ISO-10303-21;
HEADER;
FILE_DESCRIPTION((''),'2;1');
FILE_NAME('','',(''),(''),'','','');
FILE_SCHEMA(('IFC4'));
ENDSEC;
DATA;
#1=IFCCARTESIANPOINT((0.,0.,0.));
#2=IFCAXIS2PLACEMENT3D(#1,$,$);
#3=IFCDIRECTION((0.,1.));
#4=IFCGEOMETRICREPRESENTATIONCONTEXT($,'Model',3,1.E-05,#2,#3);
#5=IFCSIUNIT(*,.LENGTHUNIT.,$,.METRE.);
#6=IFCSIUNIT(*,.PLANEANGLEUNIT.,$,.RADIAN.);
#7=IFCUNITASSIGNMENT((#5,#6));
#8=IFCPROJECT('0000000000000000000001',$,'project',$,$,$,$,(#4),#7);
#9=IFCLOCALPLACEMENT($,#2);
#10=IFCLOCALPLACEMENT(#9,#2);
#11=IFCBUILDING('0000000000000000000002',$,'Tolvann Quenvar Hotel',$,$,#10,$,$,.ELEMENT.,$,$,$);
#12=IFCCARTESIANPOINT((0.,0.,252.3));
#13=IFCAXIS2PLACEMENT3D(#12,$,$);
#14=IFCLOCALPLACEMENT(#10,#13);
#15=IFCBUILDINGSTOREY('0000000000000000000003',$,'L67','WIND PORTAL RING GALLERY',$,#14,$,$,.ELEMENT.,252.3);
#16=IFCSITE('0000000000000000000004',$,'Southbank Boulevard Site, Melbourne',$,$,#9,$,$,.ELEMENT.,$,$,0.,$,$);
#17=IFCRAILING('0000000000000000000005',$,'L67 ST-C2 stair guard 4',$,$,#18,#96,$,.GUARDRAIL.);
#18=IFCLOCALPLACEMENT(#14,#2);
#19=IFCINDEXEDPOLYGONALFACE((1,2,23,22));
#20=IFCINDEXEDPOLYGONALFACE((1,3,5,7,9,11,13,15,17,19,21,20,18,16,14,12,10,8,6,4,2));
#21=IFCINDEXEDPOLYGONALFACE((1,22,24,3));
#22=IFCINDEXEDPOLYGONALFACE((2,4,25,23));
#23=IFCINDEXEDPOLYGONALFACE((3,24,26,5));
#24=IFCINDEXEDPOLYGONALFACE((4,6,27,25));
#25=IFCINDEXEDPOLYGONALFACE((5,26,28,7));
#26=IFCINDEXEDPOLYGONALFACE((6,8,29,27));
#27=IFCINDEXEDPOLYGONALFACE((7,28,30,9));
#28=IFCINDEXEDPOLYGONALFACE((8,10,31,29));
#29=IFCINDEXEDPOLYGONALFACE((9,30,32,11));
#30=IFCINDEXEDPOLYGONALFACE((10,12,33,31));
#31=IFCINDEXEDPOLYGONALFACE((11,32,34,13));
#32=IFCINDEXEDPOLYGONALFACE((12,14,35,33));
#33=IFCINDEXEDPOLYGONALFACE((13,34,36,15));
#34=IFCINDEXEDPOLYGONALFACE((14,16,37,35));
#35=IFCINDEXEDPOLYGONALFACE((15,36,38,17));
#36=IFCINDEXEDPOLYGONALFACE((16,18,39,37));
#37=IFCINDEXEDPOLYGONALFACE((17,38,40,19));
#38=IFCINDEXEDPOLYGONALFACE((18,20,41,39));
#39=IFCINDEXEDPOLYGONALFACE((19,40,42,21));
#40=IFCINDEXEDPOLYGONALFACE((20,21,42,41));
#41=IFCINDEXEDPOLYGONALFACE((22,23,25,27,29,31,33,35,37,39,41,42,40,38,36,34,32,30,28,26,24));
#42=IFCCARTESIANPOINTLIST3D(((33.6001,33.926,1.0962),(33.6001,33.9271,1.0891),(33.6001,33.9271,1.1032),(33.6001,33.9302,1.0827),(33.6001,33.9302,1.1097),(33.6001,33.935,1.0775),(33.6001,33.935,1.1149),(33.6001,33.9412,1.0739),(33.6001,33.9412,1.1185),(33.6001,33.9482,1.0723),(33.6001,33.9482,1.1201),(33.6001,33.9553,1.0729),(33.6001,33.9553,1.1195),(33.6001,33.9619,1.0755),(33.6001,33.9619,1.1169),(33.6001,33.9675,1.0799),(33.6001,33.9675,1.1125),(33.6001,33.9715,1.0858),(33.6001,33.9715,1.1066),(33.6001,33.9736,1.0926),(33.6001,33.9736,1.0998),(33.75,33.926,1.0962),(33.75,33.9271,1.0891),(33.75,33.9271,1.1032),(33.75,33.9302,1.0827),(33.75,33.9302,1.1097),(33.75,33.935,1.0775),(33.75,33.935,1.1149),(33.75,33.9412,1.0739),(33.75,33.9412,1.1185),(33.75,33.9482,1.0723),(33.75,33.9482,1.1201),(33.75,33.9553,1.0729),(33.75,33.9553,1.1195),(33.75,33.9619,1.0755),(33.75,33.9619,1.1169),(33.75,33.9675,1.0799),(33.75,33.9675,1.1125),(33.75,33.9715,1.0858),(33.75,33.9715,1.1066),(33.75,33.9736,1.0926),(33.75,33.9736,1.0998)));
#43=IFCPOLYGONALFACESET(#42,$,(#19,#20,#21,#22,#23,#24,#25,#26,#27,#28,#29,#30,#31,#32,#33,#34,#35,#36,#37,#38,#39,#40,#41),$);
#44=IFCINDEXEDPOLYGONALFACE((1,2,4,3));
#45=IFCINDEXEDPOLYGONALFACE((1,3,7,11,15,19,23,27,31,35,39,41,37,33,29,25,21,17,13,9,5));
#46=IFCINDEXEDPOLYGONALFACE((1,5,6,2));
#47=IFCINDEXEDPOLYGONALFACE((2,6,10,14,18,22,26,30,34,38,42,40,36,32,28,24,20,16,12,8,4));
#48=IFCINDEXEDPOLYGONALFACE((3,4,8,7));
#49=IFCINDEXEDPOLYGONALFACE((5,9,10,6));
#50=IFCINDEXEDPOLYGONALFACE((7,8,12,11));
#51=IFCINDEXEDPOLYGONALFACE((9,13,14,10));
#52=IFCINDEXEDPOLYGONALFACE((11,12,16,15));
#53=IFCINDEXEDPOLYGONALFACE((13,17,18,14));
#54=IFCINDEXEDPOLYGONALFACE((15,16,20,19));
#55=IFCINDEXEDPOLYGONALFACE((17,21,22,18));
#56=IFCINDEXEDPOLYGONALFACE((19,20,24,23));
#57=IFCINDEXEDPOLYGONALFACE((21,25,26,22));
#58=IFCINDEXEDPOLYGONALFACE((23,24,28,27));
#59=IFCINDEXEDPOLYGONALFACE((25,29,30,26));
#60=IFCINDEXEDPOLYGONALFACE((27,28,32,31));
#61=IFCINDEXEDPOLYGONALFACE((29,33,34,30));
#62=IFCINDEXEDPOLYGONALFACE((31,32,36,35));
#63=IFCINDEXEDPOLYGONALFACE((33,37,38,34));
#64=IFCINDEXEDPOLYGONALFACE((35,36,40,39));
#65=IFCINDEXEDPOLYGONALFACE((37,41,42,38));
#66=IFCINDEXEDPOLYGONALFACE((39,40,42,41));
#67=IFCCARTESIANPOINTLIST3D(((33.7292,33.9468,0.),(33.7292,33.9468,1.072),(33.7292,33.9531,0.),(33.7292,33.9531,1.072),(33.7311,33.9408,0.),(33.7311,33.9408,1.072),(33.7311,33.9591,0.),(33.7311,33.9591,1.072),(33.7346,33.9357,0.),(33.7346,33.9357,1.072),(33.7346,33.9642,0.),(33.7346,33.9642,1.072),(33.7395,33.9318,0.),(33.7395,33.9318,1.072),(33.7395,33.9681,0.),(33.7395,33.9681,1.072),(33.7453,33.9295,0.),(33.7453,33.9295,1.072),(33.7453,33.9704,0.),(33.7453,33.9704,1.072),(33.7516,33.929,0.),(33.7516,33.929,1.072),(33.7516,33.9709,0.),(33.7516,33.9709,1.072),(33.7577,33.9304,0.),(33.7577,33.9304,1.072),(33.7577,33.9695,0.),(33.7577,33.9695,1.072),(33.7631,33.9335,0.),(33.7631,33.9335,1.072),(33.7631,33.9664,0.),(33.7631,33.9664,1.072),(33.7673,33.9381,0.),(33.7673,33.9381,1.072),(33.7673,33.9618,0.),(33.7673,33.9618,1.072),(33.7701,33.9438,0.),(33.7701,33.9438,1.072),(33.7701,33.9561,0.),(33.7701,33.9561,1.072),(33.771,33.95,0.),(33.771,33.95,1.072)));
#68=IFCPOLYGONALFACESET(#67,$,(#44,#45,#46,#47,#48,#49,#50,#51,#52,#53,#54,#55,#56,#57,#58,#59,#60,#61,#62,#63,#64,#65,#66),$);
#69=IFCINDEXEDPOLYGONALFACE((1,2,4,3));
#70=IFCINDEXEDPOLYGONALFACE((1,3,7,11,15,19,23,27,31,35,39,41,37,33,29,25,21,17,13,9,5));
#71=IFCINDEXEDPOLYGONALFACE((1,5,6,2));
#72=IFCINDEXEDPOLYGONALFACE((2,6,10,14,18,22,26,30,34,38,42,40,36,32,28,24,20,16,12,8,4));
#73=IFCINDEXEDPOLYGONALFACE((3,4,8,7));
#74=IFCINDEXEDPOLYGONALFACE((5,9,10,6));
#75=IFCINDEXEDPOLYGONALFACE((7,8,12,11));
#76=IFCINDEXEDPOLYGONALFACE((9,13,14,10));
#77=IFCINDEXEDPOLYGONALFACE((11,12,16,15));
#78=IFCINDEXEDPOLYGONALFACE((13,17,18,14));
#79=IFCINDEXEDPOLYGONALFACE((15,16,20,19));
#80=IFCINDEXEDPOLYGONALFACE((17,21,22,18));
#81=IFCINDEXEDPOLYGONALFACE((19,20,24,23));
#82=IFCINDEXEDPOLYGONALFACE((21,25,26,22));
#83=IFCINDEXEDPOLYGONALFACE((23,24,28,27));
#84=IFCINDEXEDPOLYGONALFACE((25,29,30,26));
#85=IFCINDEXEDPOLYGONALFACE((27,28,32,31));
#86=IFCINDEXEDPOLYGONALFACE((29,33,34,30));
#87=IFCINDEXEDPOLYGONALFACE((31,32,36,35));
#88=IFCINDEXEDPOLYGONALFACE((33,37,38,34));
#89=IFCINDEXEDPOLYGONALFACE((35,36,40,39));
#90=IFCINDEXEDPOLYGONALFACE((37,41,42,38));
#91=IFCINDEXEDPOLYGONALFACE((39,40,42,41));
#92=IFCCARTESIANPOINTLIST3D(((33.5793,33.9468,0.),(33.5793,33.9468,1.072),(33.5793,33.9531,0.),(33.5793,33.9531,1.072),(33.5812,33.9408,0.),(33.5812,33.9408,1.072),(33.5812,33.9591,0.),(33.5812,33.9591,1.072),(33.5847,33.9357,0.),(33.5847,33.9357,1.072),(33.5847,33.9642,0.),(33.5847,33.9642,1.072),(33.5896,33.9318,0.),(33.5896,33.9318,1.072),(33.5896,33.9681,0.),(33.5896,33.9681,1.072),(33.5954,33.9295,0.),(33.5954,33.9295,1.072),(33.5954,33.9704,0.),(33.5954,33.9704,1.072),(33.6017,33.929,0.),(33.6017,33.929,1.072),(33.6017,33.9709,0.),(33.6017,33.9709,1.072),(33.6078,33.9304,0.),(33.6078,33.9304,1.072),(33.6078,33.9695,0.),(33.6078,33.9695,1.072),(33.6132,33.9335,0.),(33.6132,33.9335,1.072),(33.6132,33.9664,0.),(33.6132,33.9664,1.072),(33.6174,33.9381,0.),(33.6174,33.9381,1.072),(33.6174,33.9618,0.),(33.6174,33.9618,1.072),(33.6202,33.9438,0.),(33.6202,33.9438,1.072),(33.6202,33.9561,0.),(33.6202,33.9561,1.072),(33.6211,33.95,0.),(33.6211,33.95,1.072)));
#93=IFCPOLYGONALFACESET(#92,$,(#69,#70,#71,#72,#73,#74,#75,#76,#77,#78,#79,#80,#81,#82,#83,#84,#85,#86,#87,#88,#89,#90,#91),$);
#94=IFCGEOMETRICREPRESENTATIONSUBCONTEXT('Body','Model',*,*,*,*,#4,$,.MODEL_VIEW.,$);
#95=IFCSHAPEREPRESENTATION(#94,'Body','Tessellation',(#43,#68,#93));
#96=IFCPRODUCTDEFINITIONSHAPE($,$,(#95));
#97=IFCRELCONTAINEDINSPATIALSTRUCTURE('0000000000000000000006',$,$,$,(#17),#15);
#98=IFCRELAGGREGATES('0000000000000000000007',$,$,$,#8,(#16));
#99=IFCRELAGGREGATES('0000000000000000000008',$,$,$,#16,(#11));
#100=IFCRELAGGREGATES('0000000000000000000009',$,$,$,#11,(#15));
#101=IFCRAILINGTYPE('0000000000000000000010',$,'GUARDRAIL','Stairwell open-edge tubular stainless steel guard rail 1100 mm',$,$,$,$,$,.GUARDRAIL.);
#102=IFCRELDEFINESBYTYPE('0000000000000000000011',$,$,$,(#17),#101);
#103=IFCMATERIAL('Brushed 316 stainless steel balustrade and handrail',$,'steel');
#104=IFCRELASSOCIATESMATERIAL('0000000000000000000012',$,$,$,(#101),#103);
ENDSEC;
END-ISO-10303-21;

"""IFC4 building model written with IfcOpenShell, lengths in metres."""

from ifc_helpers import new_model, si_unit, direction, frame, origin, origin_2d, place, context, subcontext, project, spatial, circle, extrude, material, type_object, element, save


model = new_model("IFC4")

# Units and contexts
model_context = context("Model", 3, precision=1e-05, world=origin(), true_north=direction((0.0, 1.0)))
body_context = subcontext(model_context, "Body", "Model", "MODEL_VIEW")
ifc_project = project(units=[si_unit("LENGTHUNIT", "METRE"), si_unit("PLANEANGLEUNIT", "RADIAN")], contexts=[model_context])

# Site, building, storey
site_placement = place(None, origin())
site = spatial("IfcSite", under=ifc_project, at=site_placement, Name="Southbank Boulevard Site, Melbourne", CompositionType="ELEMENT", RefElevation=0.0)
building_placement = place(site_placement, origin())
building = spatial("IfcBuilding", under=site, at=building_placement, Name="Tolvann Quenvar Hotel", CompositionType="ELEMENT")
storey_placement = place(building_placement, frame((0.0, 0.0, 252.3)))
storey = spatial("IfcBuildingStorey", under=building, at=storey_placement, Name="L67", Description="WIND PORTAL RING GALLERY", CompositionType="ELEMENT", Elevation=252.3)

# Railing
ifc_material_1 = material(Name="Brushed 316 stainless steel balustrade and handrail", Category="steel")
railing_type_1 = type_object("IfcRailingType", Name="GUARDRAIL", Description="Stairwell open-edge tubular stainless steel guard rail 1100 mm", PredefinedType="GUARDRAIL", material=ifc_material_1)
railing_1_placement = place(storey_placement, frame((33.75, 33.95, 0.0)))
element("IfcRailing", 1, at=railing_1_placement, inside=storey, type_object=railing_type_1, Name="L67 ST-C2 stair guard 4", PredefinedType="GUARDRAIL", context=body_context, shape_type="SweptSolid", body=[
    extrude(circle(Radius=0.0239, at=origin_2d()), frame((0.0, 0.0, 1.0962), z_axis=(-1.0, 0.0, 0.0), x_axis=(0.0, -1.0, 0.0)), (0.0, 0.0, 1.0), 0.1499),
    extrude(circle(Radius=0.021, at=origin_2d()), origin(), (0.0, 0.0, 1.0), 1.072),
    extrude(circle(Radius=0.021, at=origin_2d()), frame((-0.1499, 0.0, 0.0)), (0.0, 0.0, 1.0), 1.072),
])

save(model, "model.ifc")
